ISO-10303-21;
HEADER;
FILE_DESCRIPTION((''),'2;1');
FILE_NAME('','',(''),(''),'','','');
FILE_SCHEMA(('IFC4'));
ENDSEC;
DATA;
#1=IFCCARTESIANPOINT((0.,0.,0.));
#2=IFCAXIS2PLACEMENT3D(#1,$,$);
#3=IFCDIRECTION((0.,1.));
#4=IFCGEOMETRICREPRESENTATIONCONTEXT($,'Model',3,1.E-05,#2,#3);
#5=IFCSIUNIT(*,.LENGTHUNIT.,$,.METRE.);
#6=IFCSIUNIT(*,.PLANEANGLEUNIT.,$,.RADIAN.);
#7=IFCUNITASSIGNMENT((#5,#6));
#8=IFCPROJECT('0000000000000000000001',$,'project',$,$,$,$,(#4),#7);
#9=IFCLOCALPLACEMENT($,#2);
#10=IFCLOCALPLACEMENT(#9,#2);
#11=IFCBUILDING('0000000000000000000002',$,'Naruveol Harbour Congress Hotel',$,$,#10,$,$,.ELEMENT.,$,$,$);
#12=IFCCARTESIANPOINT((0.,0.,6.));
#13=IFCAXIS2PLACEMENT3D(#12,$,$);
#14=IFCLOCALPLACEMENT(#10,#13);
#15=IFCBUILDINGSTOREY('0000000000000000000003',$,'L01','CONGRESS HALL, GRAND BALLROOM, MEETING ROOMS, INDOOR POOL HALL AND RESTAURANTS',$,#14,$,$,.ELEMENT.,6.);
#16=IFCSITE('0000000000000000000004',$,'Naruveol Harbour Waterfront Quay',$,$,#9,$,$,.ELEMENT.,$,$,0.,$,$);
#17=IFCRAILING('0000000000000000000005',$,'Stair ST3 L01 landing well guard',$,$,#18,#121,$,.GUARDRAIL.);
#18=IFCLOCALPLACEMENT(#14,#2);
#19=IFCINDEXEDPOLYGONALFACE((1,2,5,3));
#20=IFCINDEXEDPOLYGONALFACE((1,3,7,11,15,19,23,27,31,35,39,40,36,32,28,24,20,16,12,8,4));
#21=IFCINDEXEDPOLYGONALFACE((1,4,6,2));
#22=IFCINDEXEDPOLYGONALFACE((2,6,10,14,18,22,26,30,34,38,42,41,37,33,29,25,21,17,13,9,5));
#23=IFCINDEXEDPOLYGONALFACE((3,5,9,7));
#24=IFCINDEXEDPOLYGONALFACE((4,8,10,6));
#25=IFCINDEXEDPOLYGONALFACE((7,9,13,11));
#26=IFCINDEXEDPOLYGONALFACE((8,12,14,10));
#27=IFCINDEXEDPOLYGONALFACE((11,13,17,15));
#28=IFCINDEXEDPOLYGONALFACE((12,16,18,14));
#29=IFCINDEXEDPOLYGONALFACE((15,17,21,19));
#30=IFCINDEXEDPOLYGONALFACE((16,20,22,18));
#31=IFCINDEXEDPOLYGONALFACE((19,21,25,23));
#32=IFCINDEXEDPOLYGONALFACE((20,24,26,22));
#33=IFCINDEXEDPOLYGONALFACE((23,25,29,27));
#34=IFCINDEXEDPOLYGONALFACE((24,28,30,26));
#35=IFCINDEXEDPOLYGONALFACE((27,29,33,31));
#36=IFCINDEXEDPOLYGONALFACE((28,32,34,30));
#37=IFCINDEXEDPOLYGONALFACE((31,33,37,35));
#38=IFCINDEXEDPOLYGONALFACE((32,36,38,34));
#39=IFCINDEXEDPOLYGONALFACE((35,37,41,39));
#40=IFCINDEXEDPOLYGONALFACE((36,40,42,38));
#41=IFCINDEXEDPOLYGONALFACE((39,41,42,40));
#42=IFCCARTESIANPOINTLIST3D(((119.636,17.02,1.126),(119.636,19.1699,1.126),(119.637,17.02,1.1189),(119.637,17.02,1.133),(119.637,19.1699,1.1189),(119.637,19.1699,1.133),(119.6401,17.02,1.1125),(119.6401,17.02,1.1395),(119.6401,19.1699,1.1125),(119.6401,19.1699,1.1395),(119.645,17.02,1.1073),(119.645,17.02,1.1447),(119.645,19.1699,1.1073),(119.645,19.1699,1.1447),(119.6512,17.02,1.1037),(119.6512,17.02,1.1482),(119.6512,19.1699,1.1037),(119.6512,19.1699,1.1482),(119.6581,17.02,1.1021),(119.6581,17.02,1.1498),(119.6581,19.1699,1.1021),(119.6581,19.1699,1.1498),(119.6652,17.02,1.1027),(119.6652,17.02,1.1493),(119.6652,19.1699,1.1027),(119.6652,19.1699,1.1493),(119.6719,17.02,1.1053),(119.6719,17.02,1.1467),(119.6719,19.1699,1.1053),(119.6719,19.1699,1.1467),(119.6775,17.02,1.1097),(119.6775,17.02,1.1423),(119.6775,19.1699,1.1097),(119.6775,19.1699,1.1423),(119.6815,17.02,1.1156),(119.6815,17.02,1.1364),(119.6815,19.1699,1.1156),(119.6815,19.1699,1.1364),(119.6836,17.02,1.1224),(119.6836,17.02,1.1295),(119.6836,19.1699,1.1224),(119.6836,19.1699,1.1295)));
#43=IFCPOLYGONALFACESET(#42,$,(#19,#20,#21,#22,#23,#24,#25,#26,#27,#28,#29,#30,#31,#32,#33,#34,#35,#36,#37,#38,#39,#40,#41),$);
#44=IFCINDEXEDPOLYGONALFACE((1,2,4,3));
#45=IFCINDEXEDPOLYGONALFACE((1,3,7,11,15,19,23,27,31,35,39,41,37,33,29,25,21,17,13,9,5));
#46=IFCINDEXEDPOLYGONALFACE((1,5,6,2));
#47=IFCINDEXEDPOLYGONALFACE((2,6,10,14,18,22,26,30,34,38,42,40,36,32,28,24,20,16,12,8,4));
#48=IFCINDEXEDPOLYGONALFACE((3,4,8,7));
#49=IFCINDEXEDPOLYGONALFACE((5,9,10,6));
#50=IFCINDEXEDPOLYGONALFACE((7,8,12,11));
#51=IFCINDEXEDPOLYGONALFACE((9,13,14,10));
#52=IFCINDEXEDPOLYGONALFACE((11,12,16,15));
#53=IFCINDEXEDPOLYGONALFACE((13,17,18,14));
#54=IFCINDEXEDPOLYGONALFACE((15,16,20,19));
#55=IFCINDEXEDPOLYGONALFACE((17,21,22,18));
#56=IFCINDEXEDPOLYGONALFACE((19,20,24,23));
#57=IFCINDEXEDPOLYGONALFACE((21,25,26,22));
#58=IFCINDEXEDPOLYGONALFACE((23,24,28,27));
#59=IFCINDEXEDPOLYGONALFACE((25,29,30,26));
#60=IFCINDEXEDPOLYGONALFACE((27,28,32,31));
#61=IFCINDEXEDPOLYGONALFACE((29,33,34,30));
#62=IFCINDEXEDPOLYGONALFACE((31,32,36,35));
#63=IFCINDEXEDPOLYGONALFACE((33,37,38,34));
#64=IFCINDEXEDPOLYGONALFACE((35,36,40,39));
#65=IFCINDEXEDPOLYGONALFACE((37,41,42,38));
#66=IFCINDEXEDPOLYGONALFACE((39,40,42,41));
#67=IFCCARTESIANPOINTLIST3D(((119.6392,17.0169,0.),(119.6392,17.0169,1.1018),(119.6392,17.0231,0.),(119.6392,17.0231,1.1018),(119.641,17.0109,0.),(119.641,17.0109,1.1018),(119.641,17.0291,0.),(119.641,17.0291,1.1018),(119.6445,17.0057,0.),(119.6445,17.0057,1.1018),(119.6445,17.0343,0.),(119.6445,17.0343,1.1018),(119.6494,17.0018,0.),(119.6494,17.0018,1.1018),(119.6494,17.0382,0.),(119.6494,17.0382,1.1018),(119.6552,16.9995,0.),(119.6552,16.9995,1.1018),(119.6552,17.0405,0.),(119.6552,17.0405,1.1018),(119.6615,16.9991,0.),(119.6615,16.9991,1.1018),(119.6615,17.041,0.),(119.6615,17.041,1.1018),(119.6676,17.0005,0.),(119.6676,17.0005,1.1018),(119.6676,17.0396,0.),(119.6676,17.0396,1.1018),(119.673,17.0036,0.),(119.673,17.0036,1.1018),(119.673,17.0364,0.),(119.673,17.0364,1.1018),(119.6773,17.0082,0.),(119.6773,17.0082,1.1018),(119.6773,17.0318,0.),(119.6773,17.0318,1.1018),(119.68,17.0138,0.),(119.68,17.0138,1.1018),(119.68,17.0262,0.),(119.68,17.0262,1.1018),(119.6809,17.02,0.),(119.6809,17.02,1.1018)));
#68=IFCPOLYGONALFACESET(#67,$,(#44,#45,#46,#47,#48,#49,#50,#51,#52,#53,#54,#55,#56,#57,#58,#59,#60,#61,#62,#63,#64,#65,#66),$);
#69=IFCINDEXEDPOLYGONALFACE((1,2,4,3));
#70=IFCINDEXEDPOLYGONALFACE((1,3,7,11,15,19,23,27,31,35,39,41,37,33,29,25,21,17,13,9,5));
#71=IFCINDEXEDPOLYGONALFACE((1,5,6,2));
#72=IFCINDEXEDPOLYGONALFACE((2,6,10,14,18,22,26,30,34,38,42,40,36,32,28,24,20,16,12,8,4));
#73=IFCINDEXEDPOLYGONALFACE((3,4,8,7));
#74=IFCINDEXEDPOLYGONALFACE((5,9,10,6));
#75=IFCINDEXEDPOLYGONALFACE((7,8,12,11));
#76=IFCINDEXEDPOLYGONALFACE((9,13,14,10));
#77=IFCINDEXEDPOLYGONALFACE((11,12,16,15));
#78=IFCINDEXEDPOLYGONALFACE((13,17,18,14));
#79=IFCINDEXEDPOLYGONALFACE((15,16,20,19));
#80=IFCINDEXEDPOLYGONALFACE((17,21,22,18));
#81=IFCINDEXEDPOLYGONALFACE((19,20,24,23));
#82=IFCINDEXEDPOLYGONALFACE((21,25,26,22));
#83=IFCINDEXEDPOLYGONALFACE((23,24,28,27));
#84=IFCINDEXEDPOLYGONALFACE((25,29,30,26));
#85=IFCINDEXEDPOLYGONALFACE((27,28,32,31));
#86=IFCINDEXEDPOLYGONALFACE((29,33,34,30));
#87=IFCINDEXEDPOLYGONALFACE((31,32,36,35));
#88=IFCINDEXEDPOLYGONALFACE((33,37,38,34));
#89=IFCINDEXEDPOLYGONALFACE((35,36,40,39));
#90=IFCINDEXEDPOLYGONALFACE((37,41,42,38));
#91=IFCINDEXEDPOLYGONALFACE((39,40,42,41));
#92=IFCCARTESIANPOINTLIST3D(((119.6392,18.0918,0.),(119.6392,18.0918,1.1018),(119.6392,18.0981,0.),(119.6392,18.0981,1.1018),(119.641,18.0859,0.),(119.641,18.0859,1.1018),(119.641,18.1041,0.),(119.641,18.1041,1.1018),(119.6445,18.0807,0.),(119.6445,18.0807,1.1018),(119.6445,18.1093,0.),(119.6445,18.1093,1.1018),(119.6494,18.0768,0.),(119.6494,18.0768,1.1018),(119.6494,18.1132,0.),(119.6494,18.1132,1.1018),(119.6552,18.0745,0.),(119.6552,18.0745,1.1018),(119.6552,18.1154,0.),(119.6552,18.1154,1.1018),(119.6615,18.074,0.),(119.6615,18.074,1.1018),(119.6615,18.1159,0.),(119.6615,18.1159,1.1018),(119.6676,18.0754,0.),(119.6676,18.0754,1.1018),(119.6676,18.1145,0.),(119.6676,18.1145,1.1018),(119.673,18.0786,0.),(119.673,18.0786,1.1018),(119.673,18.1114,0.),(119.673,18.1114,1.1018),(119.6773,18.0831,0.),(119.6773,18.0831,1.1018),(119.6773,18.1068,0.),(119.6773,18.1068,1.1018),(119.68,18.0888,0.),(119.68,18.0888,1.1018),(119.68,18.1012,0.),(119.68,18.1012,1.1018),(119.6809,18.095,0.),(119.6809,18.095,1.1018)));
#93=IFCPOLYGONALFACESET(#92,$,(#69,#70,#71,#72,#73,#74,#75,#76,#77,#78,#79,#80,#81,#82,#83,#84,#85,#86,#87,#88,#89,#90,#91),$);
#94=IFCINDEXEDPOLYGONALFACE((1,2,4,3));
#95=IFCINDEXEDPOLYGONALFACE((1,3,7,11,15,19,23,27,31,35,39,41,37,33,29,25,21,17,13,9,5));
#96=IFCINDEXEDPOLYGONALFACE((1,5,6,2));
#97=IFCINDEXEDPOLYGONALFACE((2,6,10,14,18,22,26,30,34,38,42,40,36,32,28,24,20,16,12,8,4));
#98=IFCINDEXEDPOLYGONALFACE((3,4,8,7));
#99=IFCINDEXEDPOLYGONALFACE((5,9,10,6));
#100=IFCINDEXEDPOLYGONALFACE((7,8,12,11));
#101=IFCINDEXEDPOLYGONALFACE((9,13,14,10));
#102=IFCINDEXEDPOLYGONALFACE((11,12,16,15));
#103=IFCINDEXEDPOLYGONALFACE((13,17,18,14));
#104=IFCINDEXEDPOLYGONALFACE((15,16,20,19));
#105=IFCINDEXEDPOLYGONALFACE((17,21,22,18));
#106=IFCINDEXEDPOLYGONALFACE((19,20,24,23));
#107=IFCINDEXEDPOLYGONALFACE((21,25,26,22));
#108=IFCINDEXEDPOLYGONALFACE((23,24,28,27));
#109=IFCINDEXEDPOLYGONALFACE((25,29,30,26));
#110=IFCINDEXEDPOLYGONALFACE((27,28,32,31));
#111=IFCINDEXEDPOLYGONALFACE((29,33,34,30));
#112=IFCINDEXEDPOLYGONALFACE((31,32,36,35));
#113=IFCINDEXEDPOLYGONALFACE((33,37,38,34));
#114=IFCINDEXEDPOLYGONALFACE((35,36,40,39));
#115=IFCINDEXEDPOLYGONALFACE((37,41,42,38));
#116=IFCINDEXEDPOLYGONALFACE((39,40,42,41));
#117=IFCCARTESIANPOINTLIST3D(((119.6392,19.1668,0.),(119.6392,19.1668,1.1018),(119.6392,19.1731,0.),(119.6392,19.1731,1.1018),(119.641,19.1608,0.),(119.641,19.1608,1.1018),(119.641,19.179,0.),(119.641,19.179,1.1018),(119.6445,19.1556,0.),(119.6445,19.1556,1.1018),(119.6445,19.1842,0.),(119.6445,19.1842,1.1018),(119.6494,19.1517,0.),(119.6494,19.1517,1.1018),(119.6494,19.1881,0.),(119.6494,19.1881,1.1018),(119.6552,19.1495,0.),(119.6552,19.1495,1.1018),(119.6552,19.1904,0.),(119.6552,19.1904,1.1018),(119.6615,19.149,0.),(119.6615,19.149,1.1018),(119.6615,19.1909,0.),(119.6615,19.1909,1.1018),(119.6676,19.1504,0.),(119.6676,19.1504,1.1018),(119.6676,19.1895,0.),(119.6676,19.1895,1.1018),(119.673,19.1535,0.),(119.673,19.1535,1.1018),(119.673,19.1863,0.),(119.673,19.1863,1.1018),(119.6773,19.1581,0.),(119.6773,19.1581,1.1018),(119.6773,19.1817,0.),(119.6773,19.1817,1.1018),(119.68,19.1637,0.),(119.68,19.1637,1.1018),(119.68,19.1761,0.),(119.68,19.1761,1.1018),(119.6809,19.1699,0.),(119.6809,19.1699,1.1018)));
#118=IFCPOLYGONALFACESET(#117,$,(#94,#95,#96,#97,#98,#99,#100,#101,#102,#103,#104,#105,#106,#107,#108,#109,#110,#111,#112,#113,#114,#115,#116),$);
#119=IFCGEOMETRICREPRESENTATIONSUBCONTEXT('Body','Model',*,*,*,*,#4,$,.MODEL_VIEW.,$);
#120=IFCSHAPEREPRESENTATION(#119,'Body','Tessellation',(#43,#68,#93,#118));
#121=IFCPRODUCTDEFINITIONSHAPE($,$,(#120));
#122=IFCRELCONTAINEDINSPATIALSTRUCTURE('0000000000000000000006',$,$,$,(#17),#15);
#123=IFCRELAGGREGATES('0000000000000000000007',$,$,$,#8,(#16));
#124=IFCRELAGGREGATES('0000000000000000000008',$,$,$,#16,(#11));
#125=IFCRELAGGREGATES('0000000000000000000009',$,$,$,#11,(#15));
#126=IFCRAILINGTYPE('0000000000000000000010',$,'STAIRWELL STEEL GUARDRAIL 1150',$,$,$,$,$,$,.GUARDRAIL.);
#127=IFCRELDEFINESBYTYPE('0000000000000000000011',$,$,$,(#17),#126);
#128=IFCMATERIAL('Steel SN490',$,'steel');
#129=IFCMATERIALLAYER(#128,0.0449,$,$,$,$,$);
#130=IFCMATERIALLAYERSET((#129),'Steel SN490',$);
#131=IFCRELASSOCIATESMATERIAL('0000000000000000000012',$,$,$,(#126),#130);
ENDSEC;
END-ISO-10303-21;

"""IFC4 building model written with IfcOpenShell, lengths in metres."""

from ifc_helpers import new_model, si_unit, direction, frame, origin, origin_2d, place, context, subcontext, project, spatial, circle, extrude, material, layer, layer_set, type_object, element, save


model = new_model("IFC4")

# Units and contexts
model_context = context("Model", 3, precision=1e-05, world=origin(), true_north=direction((0.0, 1.0)))
body_context = subcontext(model_context, "Body", "Model", "MODEL_VIEW")
ifc_project = project(units=[si_unit("LENGTHUNIT", "METRE"), si_unit("PLANEANGLEUNIT", "RADIAN")], contexts=[model_context])

# Site, building, storey
site_placement = place(None, origin())
site = spatial("IfcSite", under=ifc_project, at=site_placement, Name="Naruveol Harbour Waterfront Quay", CompositionType="ELEMENT", RefElevation=0.0)
building_placement = place(site_placement, origin())
building = spatial("IfcBuilding", under=site, at=building_placement, Name="Naruveol Harbour Congress Hotel", CompositionType="ELEMENT")
storey_placement = place(building_placement, frame((0.0, 0.0, 6.0)))
storey = spatial("IfcBuildingStorey", under=building, at=storey_placement, Name="L01", Description="CONGRESS HALL, GRAND BALLROOM, MEETING ROOMS, INDOOR POOL HALL AND RESTAURANTS", CompositionType="ELEMENT", Elevation=6.0)

# Railing
ifc_material_1 = material(Name="Steel SN490", Category="steel")
ifc_layer_1 = layer(ifc_material_1, 0.0449)
ifc_layer_set_1 = layer_set([ifc_layer_1], Name="Steel SN490")
railing_type_1 = type_object("IfcRailingType", Name="STAIRWELL STEEL GUARDRAIL 1150", PredefinedType="GUARDRAIL", material=ifc_layer_set_1)
railing_1_placement = place(storey_placement, frame((119.6599, 17.02, 0.0)))
element("IfcRailing", 1, at=railing_1_placement, inside=storey, type_object=railing_type_1, Name="Stair ST3 L01 landing well guard", PredefinedType="GUARDRAIL", context=body_context, shape_type="SweptSolid", body=[
    extrude(circle(Radius=0.0239, at=origin_2d()), frame((0.0, 0.0, 1.126), z_axis=(0.0, 1.0, 0.0), x_axis=(-1.0, 0.0, 0.0)), (0.0, 0.0, 1.0), 2.1499),
    extrude(circle(Radius=0.021, at=origin_2d()), origin(), (0.0, 0.0, 1.0), 1.1018),
    extrude(circle(Radius=0.021, at=origin_2d()), frame((0.0, 1.075, 0.0)), (0.0, 0.0, 1.0), 1.1018),
    extrude(circle(Radius=0.021, at=origin_2d()), frame((0.0, 2.1499, 0.0)), (0.0, 0.0, 1.0), 1.1018),
])

save(model, "model.ifc")
